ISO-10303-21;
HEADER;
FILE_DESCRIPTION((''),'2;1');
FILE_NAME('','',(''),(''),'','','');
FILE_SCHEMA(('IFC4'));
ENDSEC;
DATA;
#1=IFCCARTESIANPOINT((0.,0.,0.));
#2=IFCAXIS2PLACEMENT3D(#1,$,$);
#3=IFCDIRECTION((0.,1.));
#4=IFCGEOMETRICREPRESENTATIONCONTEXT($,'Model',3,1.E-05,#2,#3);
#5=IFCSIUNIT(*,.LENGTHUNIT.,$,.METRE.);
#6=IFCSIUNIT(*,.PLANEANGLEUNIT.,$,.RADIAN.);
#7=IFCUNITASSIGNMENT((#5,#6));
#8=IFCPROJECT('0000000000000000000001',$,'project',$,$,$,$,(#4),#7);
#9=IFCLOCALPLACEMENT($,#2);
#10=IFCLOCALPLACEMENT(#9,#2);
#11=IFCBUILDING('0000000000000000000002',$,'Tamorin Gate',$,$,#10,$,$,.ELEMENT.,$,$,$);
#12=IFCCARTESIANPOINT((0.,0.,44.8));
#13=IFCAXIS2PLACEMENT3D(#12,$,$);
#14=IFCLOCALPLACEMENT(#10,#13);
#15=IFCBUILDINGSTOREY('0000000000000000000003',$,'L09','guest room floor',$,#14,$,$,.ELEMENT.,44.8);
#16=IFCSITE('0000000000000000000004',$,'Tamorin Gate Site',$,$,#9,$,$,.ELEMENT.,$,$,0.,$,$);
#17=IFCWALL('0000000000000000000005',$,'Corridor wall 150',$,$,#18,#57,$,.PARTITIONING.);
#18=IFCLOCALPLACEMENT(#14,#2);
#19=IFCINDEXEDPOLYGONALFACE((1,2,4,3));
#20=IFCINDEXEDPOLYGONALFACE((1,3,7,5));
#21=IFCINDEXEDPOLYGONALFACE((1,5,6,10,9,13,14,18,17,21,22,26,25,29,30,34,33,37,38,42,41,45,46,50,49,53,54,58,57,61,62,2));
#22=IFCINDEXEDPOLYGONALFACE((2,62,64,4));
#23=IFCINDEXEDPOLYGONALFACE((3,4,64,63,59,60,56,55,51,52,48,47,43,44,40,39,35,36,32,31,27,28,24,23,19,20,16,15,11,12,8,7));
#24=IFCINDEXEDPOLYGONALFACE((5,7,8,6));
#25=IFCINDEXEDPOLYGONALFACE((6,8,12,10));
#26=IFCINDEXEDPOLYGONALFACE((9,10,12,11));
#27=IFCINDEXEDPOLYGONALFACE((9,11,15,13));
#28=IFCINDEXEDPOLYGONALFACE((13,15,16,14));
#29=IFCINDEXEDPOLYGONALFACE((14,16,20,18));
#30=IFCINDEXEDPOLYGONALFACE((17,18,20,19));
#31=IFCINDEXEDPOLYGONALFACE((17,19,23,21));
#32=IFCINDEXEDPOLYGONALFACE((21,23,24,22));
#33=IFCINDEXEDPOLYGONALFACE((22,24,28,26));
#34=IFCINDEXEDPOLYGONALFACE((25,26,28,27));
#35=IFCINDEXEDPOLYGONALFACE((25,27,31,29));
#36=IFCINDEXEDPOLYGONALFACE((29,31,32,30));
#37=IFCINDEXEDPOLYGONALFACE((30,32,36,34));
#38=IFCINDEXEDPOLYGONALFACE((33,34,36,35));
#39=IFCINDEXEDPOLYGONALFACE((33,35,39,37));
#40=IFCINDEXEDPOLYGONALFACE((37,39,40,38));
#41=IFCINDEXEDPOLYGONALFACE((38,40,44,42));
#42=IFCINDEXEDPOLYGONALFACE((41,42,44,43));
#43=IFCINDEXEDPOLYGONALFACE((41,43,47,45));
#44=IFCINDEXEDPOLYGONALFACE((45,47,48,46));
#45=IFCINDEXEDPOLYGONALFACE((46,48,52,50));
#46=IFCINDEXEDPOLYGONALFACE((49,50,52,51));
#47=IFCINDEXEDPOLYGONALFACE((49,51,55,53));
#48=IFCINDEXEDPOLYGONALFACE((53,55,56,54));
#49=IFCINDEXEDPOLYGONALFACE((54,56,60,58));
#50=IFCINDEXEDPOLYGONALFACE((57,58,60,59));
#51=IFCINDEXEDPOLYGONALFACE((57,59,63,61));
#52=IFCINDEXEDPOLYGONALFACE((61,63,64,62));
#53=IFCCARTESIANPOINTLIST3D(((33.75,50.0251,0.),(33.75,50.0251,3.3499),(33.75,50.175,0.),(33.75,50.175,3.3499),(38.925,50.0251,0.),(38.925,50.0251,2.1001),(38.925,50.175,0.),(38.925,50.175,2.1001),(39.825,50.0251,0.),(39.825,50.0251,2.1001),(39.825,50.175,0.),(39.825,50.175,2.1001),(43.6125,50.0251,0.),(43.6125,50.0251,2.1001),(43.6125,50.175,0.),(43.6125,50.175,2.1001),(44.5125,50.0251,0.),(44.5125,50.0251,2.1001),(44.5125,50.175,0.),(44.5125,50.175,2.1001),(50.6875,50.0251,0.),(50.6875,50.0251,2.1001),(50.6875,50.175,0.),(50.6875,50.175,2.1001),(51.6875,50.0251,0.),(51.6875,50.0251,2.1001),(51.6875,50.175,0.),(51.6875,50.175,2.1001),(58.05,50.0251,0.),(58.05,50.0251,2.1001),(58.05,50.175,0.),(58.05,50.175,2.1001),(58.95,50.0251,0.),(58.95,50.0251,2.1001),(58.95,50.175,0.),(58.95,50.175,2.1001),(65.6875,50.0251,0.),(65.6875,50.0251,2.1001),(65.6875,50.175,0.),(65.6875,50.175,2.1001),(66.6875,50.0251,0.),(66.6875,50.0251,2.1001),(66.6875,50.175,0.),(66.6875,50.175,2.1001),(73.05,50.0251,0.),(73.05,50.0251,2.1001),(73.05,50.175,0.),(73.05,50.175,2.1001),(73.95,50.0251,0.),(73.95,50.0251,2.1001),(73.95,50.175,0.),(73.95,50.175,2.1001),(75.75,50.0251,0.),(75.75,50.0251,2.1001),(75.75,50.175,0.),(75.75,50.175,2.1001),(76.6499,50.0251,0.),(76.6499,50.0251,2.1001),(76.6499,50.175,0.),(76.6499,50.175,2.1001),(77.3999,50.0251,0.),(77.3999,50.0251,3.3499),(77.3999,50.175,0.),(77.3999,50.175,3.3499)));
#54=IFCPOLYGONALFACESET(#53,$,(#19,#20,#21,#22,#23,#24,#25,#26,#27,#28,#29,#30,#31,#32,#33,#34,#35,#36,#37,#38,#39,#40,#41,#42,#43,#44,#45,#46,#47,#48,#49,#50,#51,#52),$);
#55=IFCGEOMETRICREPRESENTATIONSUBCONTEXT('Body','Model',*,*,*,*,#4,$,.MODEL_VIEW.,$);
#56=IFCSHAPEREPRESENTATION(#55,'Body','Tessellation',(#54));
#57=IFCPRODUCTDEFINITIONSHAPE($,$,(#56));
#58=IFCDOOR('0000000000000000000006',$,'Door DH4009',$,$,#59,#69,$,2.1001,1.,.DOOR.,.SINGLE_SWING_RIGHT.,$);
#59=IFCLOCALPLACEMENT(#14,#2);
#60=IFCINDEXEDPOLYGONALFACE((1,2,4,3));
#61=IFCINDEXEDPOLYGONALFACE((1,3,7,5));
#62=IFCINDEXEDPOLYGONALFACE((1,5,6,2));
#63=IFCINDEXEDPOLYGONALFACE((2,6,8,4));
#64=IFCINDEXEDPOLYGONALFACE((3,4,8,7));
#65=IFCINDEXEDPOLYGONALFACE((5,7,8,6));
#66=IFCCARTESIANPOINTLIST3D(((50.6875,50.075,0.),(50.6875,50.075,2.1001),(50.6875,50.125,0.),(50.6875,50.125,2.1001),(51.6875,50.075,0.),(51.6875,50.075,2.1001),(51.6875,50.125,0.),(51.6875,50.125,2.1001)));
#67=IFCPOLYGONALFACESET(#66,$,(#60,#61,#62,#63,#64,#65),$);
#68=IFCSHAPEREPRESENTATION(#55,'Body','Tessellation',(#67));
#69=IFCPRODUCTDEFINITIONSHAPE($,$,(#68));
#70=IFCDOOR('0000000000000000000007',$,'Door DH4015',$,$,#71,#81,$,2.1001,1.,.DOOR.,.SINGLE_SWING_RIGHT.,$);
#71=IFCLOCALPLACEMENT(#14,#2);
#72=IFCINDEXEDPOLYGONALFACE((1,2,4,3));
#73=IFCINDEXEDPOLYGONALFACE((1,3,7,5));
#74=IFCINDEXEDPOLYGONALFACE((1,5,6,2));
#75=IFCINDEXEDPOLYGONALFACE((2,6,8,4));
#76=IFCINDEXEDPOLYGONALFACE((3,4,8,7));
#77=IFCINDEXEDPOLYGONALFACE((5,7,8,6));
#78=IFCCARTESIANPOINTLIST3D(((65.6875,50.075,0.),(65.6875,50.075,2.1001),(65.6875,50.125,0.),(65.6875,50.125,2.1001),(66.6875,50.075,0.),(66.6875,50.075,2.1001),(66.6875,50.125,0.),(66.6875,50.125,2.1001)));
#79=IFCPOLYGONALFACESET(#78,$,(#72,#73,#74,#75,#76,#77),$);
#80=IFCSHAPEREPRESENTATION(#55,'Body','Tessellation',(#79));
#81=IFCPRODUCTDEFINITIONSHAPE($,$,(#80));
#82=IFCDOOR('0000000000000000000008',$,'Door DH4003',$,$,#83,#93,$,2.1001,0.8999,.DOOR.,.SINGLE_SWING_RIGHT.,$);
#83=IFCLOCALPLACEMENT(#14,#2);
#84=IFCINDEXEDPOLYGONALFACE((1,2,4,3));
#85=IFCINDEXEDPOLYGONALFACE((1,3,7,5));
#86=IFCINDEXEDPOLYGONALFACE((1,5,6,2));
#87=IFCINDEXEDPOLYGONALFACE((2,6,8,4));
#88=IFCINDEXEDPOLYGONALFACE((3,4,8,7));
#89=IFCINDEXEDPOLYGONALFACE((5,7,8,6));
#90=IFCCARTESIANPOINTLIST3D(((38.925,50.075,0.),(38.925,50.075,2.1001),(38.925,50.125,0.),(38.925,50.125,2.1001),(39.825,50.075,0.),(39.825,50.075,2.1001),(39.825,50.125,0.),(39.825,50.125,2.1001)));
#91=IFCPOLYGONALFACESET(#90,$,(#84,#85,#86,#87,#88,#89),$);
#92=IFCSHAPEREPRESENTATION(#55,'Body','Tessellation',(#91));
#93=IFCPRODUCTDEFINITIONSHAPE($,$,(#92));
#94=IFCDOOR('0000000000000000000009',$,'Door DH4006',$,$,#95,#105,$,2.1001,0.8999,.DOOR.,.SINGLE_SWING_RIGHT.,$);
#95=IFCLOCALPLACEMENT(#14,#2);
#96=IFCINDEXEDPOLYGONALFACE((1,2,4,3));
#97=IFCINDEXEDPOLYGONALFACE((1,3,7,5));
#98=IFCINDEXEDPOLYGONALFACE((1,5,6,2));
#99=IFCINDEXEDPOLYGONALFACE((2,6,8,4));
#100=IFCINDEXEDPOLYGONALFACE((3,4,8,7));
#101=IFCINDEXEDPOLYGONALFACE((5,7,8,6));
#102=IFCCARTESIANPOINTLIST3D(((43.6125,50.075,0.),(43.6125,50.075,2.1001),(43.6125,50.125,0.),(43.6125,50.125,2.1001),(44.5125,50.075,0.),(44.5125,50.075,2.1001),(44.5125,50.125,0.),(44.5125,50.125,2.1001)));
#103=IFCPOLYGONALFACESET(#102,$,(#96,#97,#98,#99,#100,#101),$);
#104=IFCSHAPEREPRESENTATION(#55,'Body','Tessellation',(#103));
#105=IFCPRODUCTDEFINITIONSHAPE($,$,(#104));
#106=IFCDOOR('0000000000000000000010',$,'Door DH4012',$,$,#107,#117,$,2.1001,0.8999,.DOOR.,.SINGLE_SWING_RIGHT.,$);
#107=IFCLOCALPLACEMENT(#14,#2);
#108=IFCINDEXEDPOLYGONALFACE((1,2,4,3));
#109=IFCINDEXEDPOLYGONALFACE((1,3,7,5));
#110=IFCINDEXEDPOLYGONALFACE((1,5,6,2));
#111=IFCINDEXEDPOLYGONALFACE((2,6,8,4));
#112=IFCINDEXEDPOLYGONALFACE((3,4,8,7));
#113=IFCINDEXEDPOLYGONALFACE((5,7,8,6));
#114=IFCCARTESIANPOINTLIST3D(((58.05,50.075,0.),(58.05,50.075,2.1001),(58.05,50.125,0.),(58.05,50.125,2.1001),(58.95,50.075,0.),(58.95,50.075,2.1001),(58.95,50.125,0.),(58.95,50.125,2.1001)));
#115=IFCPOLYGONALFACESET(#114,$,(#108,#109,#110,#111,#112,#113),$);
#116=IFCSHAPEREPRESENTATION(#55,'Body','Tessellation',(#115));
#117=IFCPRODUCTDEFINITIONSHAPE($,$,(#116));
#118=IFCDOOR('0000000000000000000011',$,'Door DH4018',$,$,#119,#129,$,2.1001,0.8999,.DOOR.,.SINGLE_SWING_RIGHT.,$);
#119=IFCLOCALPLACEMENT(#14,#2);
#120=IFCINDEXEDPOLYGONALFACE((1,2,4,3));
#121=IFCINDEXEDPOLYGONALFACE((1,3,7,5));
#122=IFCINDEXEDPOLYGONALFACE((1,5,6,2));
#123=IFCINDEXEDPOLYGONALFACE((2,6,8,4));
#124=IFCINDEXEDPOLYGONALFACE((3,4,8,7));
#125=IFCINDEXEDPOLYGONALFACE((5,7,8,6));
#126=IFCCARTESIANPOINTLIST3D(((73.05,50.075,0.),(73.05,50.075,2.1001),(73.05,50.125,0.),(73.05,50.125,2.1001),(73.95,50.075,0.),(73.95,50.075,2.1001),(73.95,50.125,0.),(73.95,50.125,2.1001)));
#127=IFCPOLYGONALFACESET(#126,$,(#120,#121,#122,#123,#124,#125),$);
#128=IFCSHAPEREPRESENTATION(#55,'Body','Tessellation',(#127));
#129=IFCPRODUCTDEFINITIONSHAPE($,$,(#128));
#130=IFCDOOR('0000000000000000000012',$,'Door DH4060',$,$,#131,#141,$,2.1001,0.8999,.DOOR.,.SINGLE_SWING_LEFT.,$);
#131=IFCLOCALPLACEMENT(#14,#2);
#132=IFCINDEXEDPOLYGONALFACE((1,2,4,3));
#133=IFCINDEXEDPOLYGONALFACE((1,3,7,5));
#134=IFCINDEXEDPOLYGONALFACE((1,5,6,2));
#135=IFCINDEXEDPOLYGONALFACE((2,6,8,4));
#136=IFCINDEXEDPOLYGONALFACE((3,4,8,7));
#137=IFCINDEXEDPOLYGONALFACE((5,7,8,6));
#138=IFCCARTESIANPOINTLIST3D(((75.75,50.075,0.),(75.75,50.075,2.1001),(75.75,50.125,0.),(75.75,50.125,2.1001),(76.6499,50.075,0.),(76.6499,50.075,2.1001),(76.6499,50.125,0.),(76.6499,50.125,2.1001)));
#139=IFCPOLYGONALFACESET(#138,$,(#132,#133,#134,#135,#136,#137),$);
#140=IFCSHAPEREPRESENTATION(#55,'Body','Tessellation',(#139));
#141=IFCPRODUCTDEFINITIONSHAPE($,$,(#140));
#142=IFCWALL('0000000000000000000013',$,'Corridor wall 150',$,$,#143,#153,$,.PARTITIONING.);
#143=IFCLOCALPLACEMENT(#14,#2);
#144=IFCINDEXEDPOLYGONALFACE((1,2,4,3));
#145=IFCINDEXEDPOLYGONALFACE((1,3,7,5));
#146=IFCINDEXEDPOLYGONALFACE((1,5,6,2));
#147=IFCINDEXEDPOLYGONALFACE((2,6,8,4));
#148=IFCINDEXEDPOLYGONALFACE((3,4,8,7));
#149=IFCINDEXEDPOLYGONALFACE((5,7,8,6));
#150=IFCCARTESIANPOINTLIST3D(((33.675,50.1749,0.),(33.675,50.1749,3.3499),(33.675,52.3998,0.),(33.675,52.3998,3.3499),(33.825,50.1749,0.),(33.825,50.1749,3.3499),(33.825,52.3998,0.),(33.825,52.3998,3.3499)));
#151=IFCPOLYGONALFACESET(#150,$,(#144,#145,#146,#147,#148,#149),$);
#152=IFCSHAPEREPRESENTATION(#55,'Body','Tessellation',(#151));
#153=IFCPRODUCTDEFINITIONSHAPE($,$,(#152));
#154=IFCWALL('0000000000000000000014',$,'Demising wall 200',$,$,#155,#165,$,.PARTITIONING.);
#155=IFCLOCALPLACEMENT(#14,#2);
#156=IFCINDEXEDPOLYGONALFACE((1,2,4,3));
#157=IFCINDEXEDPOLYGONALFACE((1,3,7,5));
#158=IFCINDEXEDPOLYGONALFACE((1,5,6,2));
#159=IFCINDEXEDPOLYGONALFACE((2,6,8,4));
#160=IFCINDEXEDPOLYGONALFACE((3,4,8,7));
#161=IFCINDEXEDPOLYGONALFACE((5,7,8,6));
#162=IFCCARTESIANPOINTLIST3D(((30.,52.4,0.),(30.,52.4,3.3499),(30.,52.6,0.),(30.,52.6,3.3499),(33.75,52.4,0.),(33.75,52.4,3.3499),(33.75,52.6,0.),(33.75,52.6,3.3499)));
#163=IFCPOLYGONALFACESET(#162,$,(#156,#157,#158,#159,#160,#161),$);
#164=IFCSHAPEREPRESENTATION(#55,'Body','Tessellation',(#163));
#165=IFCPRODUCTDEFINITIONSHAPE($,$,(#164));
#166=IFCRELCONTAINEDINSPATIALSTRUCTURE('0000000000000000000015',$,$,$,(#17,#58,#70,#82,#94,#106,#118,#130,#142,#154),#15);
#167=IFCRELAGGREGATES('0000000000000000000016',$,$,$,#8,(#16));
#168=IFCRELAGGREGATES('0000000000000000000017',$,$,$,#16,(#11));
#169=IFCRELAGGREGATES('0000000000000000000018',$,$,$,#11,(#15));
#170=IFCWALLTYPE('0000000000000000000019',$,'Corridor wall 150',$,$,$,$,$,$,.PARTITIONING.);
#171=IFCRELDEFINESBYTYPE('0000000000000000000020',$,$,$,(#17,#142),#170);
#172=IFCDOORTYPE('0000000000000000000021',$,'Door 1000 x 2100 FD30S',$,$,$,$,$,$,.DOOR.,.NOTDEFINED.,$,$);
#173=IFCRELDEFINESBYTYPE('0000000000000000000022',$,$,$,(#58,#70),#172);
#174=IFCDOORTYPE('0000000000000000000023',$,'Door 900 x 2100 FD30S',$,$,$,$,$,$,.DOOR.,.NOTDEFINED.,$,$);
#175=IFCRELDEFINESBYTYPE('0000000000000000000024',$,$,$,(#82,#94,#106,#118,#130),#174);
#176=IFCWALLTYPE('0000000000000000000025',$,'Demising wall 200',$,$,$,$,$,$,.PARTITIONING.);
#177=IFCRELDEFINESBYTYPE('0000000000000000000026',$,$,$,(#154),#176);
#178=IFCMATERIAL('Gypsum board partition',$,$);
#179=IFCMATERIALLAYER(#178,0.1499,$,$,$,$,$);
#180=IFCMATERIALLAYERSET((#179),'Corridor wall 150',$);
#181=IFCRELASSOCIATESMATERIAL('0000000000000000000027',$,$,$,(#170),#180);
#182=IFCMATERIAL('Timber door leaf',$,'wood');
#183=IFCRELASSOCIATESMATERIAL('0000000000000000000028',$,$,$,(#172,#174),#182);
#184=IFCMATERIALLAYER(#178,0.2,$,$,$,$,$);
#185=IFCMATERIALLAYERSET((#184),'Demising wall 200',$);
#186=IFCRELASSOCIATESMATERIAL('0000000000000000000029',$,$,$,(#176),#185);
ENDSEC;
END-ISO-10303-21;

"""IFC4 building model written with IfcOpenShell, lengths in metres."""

from ifc_helpers import new_model, si_unit, direction, frame, frame_2d, origin, place, context, subcontext, project, spatial, rectangle, extrude, material, layer, layer_set, type_object, element, fill, save


model = new_model("IFC4")

# Units and contexts
model_context = context("Model", 3, precision=1e-05, world=origin(), true_north=direction((0.0, 1.0)))
body_context = subcontext(model_context, "Body", "Model", "MODEL_VIEW")
ifc_project = project(units=[si_unit("LENGTHUNIT", "METRE"), si_unit("PLANEANGLEUNIT", "RADIAN")], contexts=[model_context])

# Site, building, storey
site_placement = place(None, origin())
site = spatial("IfcSite", under=ifc_project, at=site_placement, Name="Tamorin Gate Site", CompositionType="ELEMENT", RefElevation=0.0)
building_placement = place(site_placement, origin())
building = spatial("IfcBuilding", under=site, at=building_placement, Name="Tamorin Gate", CompositionType="ELEMENT")
storey_placement = place(building_placement, frame((0.0, 0.0, 44.8)))
storey = spatial("IfcBuildingStorey", under=building, at=storey_placement, Name="L09", Description="guest room floor", CompositionType="ELEMENT", Elevation=44.8)

# Wall, openings, doors
ifc_material_1 = material(Name="Gypsum board partition")
ifc_layer_1 = layer(ifc_material_1, 0.1499)
ifc_layer_set_1 = layer_set([ifc_layer_1], Name="Corridor wall 150")
wall_type_1 = type_object("IfcWallType", Name="Corridor wall 150", PredefinedType="PARTITIONING", material=ifc_layer_set_1)
wall_1_placement = place(storey_placement, frame((33.75, 50.1001, 0.0), z_axis=(0.0, 0.0, 1.0), x_axis=(1.0, 0.0, 0.0)))
wall_1 = element("IfcWall", 1, at=wall_1_placement, inside=storey, type_object=wall_type_1, Name="Corridor wall 150", PredefinedType="PARTITIONING", context=body_context, shape_type="SweptSolid", body=[
    extrude(rectangle(XDim=43.6499, YDim=0.1499, at=frame_2d((21.825, 0.0))), origin(), (0.0, 0.0, 1.0), 3.3499),
])
opening_1_placement = place(wall_1_placement, frame((5.175, 0.0, 0.0)))
opening_1 = element("IfcOpeningElement", 2, at=opening_1_placement, cuts=wall_1, PredefinedType="OPENING", context=body_context, shape_type="SweptSolid", body=[
    extrude(rectangle(XDim=0.8999, YDim=2.1001, at=frame_2d((0.45, 1.05))), frame((0.0, 0.085, 0.0), z_axis=(0.0, -1.0, 0.0), x_axis=(1.0, 0.0, 0.0)), (0.0, 0.0, 1.0), 0.1699),
])
opening_2_placement = place(wall_1_placement, frame((9.8625, 0.0, 0.0)))
opening_2 = element("IfcOpeningElement", 3, at=opening_2_placement, cuts=wall_1, PredefinedType="OPENING", context=body_context, shape_type="SweptSolid", body=[
    extrude(rectangle(XDim=0.8999, YDim=2.1001, at=frame_2d((0.45, 1.05))), frame((0.0, 0.085, 0.0), z_axis=(0.0, -1.0, 0.0), x_axis=(1.0, 0.0, 0.0)), (0.0, 0.0, 1.0), 0.1699),
])
opening_3_placement = place(wall_1_placement, frame((16.9375, 0.0, 0.0)))
opening_3 = element("IfcOpeningElement", 4, at=opening_3_placement, cuts=wall_1, PredefinedType="OPENING", context=body_context, shape_type="SweptSolid", body=[
    extrude(rectangle(XDim=1.0, YDim=2.1001, at=frame_2d((0.5, 1.05))), frame((0.0, 0.085, 0.0), z_axis=(0.0, -1.0, 0.0), x_axis=(1.0, 0.0, 0.0)), (0.0, 0.0, 1.0), 0.1699),
])
opening_4_placement = place(wall_1_placement, frame((24.3, 0.0, 0.0)))
opening_4 = element("IfcOpeningElement", 5, at=opening_4_placement, cuts=wall_1, PredefinedType="OPENING", context=body_context, shape_type="SweptSolid", body=[
    extrude(rectangle(XDim=0.8999, YDim=2.1001, at=frame_2d((0.45, 1.05))), frame((0.0, 0.085, 0.0), z_axis=(0.0, -1.0, 0.0), x_axis=(1.0, 0.0, 0.0)), (0.0, 0.0, 1.0), 0.1699),
])
opening_5_placement = place(wall_1_placement, frame((31.9375, 0.0, 0.0)))
opening_5 = element("IfcOpeningElement", 6, at=opening_5_placement, cuts=wall_1, PredefinedType="OPENING", context=body_context, shape_type="SweptSolid", body=[
    extrude(rectangle(XDim=1.0, YDim=2.1001, at=frame_2d((0.5, 1.05))), frame((0.0, 0.085, 0.0), z_axis=(0.0, -1.0, 0.0), x_axis=(1.0, 0.0, 0.0)), (0.0, 0.0, 1.0), 0.1699),
])
opening_6_placement = place(wall_1_placement, frame((39.3, 0.0, 0.0)))
opening_6 = element("IfcOpeningElement", 7, at=opening_6_placement, cuts=wall_1, PredefinedType="OPENING", context=body_context, shape_type="SweptSolid", body=[
    extrude(rectangle(XDim=0.8999, YDim=2.1001, at=frame_2d((0.45, 1.05))), frame((0.0, 0.085, 0.0), z_axis=(0.0, -1.0, 0.0), x_axis=(1.0, 0.0, 0.0)), (0.0, 0.0, 1.0), 0.1699),
])
opening_7_placement = place(wall_1_placement, frame((42.0, 0.0, 0.0)))
opening_7 = element("IfcOpeningElement", 8, at=opening_7_placement, cuts=wall_1, PredefinedType="OPENING", context=body_context, shape_type="SweptSolid", body=[
    extrude(rectangle(XDim=0.8999, YDim=2.1001, at=frame_2d((0.45, 1.05))), frame((0.0, 0.085, 0.0), z_axis=(0.0, -1.0, 0.0), x_axis=(1.0, 0.0, 0.0)), (0.0, 0.0, 1.0), 0.1699),
])
ifc_material_2 = material(Name="Timber door leaf", Category="wood")
door_type_1 = type_object("IfcDoorType", Name="Door 1000 x 2100 FD30S", OperationType="NOTDEFINED", PredefinedType="DOOR", material=ifc_material_2)
door_1_placement = place(opening_3_placement, origin())
door_1 = element("IfcDoor", 9, at=door_1_placement, inside=storey, type_object=door_type_1, Name="Door DH4009", OperationType="SINGLE_SWING_RIGHT", OverallHeight=2.1001, OverallWidth=1.0, PredefinedType="DOOR", context=body_context, shape_type="SweptSolid", body=[
    extrude(rectangle(XDim=1.0, YDim=2.1001, at=frame_2d((0.5, 1.05))), frame((0.0, 0.0249, 0.0), z_axis=(0.0, -1.0, 0.0), x_axis=(1.0, 0.0, 0.0)), (0.0, 0.0, 1.0), 0.05),
])
fill(opening_3, door_1)
door_2_placement = place(opening_5_placement, origin())
door_2 = element("IfcDoor", 10, at=door_2_placement, inside=storey, type_object=door_type_1, Name="Door DH4015", OperationType="SINGLE_SWING_RIGHT", OverallHeight=2.1001, OverallWidth=1.0, PredefinedType="DOOR", context=body_context, shape_type="SweptSolid", body=[
    extrude(rectangle(XDim=1.0, YDim=2.1001, at=frame_2d((0.5, 1.05))), frame((0.0, 0.0249, 0.0), z_axis=(0.0, -1.0, 0.0), x_axis=(1.0, 0.0, 0.0)), (0.0, 0.0, 1.0), 0.05),
])
fill(opening_5, door_2)
door_type_2 = type_object("IfcDoorType", Name="Door 900 x 2100 FD30S", OperationType="NOTDEFINED", PredefinedType="DOOR", material=ifc_material_2)
door_3_placement = place(opening_1_placement, origin())
door_3 = element("IfcDoor", 11, at=door_3_placement, inside=storey, type_object=door_type_2, Name="Door DH4003", OperationType="SINGLE_SWING_RIGHT", OverallHeight=2.1001, OverallWidth=0.8999, PredefinedType="DOOR", context=body_context, shape_type="SweptSolid", body=[
    extrude(rectangle(XDim=0.8999, YDim=2.1001, at=frame_2d((0.45, 1.05))), frame((0.0, 0.0249, 0.0), z_axis=(0.0, -1.0, 0.0), x_axis=(1.0, 0.0, 0.0)), (0.0, 0.0, 1.0), 0.05),
])
fill(opening_1, door_3)
door_4_placement = place(opening_2_placement, origin())
door_4 = element("IfcDoor", 12, at=door_4_placement, inside=storey, type_object=door_type_2, Name="Door DH4006", OperationType="SINGLE_SWING_RIGHT", OverallHeight=2.1001, OverallWidth=0.8999, PredefinedType="DOOR", context=body_context, shape_type="SweptSolid", body=[
    extrude(rectangle(XDim=0.8999, YDim=2.1001, at=frame_2d((0.45, 1.05))), frame((0.0, 0.0249, 0.0), z_axis=(0.0, -1.0, 0.0), x_axis=(1.0, 0.0, 0.0)), (0.0, 0.0, 1.0), 0.05),
])
fill(opening_2, door_4)
door_5_placement = place(opening_4_placement, origin())
door_5 = element("IfcDoor", 13, at=door_5_placement, inside=storey, type_object=door_type_2, Name="Door DH4012", OperationType="SINGLE_SWING_RIGHT", OverallHeight=2.1001, OverallWidth=0.8999, PredefinedType="DOOR", context=body_context, shape_type="SweptSolid", body=[
    extrude(rectangle(XDim=0.8999, YDim=2.1001, at=frame_2d((0.45, 1.05))), frame((0.0, 0.0249, 0.0), z_axis=(0.0, -1.0, 0.0), x_axis=(1.0, 0.0, 0.0)), (0.0, 0.0, 1.0), 0.05),
])
fill(opening_4, door_5)
door_6_placement = place(opening_6_placement, origin())
door_6 = element("IfcDoor", 14, at=door_6_placement, inside=storey, type_object=door_type_2, Name="Door DH4018", OperationType="SINGLE_SWING_RIGHT", OverallHeight=2.1001, OverallWidth=0.8999, PredefinedType="DOOR", context=body_context, shape_type="SweptSolid", body=[
    extrude(rectangle(XDim=0.8999, YDim=2.1001, at=frame_2d((0.45, 1.05))), frame((0.0, 0.0249, 0.0), z_axis=(0.0, -1.0, 0.0), x_axis=(1.0, 0.0, 0.0)), (0.0, 0.0, 1.0), 0.05),
])
fill(opening_6, door_6)
door_7_placement = place(opening_7_placement, origin())
door_7 = element("IfcDoor", 15, at=door_7_placement, inside=storey, type_object=door_type_2, Name="Door DH4060", OperationType="SINGLE_SWING_LEFT", OverallHeight=2.1001, OverallWidth=0.8999, PredefinedType="DOOR", context=body_context, shape_type="SweptSolid", body=[
    extrude(rectangle(XDim=0.8999, YDim=2.1001, at=frame_2d((0.45, 1.05))), frame((0.0, 0.0249, 0.0), z_axis=(0.0, -1.0, 0.0), x_axis=(1.0, 0.0, 0.0)), (0.0, 0.0, 1.0), 0.05),
])
fill(opening_7, door_7)

# Walls
wall_2_placement = place(storey_placement, frame((33.75, 50.175, 0.0), z_axis=(0.0, 0.0, 1.0), x_axis=(0.0, 1.0, 0.0)))
element("IfcWall", 16, at=wall_2_placement, inside=storey, type_object=wall_type_1, Name="Corridor wall 150", PredefinedType="PARTITIONING", context=body_context, shape_type="SweptSolid", body=[
    extrude(rectangle(XDim=2.2249, YDim=0.1499, at=frame_2d((1.1123, 0.0))), origin(), (0.0, 0.0, 1.0), 3.3499),
])
ifc_layer_2 = layer(ifc_material_1, 0.2)
ifc_layer_set_2 = layer_set([ifc_layer_2], Name="Demising wall 200")
wall_type_2 = type_object("IfcWallType", Name="Demising wall 200", PredefinedType="PARTITIONING", material=ifc_layer_set_2)
wall_3_placement = place(storey_placement, frame((30.0, 52.5, 0.0), z_axis=(0.0, 0.0, 1.0), x_axis=(1.0, 0.0, 0.0)))
element("IfcWall", 17, at=wall_3_placement, inside=storey, type_object=wall_type_2, Name="Demising wall 200", PredefinedType="PARTITIONING", context=body_context, shape_type="SweptSolid", body=[
    extrude(rectangle(XDim=3.75, YDim=0.2, at=frame_2d((1.875, 0.0))), origin(), (0.0, 0.0, 1.0), 3.3499),
])

save(model, "model.ifc")
